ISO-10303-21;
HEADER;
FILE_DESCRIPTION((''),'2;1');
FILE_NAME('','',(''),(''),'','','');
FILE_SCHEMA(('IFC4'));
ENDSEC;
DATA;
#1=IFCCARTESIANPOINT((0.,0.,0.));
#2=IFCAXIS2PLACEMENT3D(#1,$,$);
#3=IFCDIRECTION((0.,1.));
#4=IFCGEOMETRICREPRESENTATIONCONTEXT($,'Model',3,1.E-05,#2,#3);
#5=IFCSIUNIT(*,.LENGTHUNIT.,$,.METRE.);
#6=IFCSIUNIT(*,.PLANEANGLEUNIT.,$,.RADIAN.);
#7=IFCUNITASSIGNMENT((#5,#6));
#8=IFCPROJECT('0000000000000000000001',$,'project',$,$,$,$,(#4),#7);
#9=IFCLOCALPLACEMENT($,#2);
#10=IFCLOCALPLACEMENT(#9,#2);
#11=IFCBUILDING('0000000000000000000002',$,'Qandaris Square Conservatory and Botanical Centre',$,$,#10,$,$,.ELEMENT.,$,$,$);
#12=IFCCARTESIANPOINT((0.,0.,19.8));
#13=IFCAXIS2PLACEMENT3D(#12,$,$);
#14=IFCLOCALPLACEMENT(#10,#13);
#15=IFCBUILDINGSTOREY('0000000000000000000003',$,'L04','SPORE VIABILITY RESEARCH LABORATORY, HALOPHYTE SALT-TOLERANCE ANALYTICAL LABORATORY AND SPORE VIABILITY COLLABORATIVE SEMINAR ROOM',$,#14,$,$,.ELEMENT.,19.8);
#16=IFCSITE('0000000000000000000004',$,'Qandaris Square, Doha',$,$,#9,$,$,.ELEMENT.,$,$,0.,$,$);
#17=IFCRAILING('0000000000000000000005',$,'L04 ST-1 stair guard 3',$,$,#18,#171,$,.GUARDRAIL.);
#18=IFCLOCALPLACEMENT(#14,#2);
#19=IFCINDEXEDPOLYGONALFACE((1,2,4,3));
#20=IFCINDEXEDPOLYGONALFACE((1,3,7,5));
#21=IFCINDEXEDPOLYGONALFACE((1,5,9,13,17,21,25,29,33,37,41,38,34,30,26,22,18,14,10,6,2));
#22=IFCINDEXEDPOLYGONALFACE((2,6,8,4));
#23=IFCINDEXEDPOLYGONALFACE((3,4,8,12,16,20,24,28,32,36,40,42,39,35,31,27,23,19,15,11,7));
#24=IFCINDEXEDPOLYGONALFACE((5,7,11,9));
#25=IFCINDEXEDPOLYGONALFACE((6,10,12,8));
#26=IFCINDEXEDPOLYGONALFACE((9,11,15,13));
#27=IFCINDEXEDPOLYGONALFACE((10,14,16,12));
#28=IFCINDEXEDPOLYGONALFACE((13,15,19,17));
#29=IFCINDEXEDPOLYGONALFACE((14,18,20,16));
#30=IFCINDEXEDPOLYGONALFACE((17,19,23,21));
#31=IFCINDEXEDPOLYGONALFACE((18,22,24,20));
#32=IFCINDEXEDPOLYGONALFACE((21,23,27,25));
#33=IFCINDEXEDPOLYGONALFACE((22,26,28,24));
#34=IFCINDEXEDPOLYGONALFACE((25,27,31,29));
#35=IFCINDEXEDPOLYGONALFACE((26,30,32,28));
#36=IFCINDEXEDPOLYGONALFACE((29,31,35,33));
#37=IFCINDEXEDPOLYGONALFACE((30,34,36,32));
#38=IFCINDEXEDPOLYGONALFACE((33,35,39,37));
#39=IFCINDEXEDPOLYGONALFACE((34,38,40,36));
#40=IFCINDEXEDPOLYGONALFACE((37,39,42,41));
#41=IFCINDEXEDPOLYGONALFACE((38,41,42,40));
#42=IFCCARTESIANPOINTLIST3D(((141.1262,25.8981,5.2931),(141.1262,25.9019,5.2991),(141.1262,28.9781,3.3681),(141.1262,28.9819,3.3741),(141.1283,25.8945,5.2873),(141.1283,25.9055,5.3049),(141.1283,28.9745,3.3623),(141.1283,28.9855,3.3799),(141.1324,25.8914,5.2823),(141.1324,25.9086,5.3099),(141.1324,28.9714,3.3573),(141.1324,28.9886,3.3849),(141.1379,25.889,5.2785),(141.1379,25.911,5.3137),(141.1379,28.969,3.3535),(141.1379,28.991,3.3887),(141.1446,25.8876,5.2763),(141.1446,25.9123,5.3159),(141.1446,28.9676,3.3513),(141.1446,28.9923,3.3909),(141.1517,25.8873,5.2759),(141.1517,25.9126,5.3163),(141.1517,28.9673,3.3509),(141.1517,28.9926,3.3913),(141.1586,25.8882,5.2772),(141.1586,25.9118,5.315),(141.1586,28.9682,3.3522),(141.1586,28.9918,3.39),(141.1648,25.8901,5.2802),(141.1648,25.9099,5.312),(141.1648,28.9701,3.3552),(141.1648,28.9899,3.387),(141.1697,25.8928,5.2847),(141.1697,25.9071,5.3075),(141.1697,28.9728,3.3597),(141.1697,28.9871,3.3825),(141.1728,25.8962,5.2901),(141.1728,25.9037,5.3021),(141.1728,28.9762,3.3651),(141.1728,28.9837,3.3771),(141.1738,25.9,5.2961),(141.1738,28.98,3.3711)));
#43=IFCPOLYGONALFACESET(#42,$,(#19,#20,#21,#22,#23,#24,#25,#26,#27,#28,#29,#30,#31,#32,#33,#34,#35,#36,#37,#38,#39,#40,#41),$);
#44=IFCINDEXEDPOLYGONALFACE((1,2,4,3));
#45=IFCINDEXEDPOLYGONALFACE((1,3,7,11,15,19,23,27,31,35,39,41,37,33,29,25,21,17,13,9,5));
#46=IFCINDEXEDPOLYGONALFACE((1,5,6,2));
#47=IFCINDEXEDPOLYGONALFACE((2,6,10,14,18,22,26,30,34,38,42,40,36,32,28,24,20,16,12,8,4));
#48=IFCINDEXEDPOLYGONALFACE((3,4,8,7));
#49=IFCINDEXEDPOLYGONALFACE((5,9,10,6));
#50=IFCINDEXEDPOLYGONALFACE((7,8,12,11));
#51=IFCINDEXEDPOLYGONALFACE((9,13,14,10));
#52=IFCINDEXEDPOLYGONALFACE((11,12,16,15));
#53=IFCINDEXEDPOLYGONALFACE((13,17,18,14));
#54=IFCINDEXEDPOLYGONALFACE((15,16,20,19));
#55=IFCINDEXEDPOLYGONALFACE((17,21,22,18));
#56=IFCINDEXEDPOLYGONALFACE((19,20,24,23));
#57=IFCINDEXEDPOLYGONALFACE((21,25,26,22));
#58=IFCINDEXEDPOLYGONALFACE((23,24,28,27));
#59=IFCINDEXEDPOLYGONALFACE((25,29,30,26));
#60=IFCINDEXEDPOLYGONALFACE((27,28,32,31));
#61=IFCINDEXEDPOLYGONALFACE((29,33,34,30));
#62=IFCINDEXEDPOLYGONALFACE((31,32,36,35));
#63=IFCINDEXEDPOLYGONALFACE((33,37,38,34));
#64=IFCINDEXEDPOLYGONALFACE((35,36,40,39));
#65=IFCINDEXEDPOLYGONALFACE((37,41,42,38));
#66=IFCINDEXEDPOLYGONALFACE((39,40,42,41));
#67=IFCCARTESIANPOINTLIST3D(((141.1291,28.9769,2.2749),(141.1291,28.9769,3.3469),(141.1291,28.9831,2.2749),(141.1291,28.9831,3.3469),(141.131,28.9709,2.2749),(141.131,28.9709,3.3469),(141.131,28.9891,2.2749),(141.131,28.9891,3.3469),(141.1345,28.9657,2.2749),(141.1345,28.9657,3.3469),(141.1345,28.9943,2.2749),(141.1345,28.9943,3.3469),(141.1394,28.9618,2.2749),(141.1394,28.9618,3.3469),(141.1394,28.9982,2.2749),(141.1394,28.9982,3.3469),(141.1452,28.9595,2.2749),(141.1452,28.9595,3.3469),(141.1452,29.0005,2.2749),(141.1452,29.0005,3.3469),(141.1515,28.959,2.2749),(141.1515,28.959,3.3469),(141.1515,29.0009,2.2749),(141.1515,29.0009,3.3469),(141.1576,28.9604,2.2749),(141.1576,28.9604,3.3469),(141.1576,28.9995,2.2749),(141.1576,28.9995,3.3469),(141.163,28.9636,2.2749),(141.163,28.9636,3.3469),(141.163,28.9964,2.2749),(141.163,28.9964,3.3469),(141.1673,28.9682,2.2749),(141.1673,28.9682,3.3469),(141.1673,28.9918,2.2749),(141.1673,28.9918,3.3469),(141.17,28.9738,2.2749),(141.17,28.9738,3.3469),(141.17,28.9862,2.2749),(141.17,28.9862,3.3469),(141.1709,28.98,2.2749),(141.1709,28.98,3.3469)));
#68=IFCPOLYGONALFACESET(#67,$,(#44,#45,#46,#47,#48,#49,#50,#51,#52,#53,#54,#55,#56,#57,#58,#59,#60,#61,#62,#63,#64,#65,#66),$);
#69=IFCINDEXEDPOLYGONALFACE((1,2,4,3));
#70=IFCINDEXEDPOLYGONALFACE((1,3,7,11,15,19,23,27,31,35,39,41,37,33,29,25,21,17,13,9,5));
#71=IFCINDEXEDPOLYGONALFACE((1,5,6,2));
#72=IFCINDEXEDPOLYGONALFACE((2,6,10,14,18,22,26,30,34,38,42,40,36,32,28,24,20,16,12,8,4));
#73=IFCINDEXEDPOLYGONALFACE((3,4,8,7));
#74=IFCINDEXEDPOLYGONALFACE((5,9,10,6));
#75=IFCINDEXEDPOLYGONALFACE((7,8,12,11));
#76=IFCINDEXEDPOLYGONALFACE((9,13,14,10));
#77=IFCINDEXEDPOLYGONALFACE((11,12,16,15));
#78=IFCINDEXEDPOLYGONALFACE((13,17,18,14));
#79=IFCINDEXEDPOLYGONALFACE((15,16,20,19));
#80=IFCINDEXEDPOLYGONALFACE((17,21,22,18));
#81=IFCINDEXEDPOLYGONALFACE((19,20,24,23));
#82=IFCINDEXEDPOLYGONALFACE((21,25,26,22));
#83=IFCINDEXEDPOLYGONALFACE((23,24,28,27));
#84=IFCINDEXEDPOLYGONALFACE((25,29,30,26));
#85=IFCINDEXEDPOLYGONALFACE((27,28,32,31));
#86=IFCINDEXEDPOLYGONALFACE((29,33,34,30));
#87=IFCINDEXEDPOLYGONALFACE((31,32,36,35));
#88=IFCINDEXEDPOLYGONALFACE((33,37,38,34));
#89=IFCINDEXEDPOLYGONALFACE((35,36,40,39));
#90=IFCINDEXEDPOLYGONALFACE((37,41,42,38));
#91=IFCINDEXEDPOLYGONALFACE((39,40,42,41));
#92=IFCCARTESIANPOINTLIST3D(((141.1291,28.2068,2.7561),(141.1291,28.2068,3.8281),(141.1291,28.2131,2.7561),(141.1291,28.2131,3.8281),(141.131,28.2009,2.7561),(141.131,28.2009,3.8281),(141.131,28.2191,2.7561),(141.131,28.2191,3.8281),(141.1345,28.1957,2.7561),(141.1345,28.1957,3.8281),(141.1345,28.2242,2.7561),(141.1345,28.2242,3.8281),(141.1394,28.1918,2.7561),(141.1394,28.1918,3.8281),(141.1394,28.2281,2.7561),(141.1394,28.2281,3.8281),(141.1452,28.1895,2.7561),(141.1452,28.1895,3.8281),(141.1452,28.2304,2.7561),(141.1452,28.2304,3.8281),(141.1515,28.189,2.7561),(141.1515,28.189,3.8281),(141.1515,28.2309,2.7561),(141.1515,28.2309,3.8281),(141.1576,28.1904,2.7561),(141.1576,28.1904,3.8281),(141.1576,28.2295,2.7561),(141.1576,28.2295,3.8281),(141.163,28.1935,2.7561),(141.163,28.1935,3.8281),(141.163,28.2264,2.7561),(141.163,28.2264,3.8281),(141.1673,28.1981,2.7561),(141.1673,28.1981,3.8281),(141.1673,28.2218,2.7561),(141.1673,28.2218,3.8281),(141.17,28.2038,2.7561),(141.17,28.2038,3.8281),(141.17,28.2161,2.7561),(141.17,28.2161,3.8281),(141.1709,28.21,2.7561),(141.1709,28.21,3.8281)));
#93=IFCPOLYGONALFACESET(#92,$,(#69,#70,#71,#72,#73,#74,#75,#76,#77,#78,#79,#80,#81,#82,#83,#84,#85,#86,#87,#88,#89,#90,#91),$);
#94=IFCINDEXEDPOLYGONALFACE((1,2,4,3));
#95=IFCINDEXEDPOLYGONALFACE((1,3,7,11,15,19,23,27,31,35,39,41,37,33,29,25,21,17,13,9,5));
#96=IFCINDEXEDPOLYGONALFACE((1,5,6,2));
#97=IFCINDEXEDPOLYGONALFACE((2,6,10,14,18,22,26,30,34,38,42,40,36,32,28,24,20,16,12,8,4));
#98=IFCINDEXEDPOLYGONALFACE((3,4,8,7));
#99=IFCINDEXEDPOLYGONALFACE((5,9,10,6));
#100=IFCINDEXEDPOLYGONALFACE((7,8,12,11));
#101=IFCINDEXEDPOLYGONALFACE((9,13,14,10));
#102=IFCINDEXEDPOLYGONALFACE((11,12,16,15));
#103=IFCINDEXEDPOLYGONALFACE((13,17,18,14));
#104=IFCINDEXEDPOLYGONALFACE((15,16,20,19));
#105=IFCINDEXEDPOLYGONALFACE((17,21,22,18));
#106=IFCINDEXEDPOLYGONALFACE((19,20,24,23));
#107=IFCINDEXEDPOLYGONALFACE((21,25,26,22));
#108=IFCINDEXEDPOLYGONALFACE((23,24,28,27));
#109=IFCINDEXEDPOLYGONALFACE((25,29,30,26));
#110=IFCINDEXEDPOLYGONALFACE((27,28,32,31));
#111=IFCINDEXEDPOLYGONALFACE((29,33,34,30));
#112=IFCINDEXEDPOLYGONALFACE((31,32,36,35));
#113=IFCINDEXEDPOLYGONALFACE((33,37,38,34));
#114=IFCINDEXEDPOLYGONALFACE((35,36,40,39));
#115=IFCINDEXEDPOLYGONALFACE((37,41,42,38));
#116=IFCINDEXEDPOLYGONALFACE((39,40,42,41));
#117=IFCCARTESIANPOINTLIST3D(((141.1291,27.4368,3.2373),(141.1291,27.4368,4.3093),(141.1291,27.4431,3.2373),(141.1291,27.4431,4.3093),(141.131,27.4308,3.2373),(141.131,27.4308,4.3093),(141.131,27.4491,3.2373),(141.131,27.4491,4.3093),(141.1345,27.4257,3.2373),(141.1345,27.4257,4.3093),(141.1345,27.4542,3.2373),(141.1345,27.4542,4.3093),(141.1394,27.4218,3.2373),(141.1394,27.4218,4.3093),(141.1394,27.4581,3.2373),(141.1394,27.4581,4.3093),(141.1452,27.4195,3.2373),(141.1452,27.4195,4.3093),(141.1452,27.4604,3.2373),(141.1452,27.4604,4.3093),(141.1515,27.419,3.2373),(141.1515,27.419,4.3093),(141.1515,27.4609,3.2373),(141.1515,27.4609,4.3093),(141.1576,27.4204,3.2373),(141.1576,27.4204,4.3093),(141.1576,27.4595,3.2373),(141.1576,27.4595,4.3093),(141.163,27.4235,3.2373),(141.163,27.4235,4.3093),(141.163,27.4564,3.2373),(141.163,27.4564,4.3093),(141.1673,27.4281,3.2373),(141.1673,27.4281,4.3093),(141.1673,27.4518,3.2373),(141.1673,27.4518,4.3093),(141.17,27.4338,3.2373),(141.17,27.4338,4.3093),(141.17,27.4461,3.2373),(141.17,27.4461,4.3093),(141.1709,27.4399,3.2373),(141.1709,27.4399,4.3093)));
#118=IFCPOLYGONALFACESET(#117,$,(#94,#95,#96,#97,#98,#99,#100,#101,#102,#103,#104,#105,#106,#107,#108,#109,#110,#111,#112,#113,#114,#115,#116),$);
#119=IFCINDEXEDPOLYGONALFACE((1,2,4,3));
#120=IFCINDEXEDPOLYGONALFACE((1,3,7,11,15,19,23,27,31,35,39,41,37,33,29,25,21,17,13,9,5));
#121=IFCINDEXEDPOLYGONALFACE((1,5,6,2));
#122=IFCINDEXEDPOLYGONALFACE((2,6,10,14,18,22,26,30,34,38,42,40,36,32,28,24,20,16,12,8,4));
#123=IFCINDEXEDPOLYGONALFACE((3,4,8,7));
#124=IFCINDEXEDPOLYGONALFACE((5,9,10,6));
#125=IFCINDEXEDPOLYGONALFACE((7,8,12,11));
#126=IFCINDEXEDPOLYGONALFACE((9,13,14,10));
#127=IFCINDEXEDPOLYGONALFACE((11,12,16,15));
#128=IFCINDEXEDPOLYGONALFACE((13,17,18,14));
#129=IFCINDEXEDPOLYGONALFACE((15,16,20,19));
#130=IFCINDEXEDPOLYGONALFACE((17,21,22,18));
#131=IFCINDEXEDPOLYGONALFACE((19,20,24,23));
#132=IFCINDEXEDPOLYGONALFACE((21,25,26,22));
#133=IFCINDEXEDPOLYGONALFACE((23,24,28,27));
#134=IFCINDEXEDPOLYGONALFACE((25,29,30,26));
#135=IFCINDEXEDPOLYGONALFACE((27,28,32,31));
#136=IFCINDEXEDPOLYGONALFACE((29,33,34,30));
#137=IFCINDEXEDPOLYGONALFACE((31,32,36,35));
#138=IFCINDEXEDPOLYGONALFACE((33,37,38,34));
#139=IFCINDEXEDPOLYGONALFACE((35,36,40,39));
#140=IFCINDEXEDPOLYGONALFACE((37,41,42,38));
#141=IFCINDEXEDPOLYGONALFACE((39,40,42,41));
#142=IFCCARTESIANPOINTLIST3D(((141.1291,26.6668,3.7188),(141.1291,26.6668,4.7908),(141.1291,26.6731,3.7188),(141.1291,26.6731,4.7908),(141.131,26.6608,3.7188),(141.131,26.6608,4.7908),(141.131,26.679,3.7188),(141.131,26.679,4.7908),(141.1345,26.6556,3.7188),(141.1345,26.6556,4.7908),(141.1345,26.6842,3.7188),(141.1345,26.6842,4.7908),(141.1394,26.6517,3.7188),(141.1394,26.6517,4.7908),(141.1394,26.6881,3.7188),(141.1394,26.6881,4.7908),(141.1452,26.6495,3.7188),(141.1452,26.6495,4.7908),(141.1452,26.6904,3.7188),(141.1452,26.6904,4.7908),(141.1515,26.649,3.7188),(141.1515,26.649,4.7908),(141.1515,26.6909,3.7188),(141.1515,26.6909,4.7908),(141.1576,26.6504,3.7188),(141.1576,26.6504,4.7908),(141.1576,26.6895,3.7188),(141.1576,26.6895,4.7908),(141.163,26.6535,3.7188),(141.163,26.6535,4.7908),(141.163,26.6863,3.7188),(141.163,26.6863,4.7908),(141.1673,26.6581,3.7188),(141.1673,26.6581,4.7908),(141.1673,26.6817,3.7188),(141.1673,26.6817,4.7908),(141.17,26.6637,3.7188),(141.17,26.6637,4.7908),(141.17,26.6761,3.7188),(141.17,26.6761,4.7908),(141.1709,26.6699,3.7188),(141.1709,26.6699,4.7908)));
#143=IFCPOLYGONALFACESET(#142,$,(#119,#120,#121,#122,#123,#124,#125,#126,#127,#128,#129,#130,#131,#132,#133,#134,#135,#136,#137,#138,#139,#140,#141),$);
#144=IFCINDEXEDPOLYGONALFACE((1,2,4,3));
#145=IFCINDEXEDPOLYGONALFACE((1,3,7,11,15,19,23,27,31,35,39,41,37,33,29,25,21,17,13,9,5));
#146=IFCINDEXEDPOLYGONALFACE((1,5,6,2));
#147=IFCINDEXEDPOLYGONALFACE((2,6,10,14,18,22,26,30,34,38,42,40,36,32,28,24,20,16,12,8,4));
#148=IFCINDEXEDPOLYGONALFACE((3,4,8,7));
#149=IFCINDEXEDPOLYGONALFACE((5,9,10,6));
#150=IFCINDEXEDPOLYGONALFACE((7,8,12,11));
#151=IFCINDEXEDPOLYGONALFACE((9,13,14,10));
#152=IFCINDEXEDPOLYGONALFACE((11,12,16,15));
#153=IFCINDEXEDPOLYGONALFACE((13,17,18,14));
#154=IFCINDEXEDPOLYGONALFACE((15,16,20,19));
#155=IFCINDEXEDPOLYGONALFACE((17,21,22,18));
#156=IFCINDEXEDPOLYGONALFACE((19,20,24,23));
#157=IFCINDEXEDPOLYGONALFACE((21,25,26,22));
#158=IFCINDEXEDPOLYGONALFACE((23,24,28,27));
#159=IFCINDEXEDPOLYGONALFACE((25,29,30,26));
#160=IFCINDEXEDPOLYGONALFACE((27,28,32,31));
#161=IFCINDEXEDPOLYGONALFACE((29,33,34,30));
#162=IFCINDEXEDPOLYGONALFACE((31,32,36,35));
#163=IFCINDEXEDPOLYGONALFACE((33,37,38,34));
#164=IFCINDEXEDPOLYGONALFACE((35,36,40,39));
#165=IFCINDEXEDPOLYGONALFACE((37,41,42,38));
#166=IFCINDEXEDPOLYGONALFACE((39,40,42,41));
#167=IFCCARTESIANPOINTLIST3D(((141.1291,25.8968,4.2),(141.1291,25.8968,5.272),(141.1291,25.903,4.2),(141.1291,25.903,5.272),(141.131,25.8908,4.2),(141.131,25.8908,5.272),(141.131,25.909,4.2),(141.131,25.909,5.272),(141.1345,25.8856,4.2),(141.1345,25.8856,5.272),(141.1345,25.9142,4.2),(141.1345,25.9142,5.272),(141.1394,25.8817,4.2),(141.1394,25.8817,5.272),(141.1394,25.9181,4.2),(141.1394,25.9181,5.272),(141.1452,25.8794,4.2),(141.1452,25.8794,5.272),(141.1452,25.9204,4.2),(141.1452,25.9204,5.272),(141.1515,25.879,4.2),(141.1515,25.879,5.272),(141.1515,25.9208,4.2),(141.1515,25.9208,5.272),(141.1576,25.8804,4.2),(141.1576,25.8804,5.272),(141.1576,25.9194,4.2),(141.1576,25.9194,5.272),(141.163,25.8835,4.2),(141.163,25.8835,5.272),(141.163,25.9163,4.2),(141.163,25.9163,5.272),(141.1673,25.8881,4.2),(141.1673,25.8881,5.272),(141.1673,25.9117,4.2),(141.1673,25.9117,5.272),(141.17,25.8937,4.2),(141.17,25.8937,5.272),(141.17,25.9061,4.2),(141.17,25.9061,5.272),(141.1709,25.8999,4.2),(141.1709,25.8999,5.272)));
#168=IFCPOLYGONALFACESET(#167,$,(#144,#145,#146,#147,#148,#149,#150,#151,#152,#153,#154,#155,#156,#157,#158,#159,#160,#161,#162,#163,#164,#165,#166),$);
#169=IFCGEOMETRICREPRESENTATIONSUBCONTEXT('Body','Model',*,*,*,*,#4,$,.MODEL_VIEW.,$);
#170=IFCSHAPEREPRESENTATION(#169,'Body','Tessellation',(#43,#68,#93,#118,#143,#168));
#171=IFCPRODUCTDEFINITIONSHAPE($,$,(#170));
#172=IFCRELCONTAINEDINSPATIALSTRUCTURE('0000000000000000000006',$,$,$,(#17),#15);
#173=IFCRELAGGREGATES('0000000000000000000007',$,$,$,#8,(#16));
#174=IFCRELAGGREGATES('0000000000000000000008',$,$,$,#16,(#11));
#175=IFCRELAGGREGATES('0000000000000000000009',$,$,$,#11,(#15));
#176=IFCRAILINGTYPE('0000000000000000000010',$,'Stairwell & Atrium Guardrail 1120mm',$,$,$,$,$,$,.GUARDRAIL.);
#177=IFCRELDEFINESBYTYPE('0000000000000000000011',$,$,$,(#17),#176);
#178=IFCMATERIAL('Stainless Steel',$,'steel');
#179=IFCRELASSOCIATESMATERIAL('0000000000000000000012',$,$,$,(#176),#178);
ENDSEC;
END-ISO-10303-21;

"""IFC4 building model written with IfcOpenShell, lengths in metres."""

from ifc_helpers import new_model, si_unit, direction, frame, origin, origin_2d, place, context, subcontext, project, spatial, circle, extrude, material, type_object, element, save


model = new_model("IFC4")

# Units and contexts
model_context = context("Model", 3, precision=1e-05, world=origin(), true_north=direction((0.0, 1.0)))
body_context = subcontext(model_context, "Body", "Model", "MODEL_VIEW")
ifc_project = project(units=[si_unit("LENGTHUNIT", "METRE"), si_unit("PLANEANGLEUNIT", "RADIAN")], contexts=[model_context])

# Site, building, storey
site_placement = place(None, origin())
site = spatial("IfcSite", under=ifc_project, at=site_placement, Name="Qandaris Square, Doha", CompositionType="ELEMENT", RefElevation=0.0)
building_placement = place(site_placement, origin())
building = spatial("IfcBuilding", under=site, at=building_placement, Name="Qandaris Square Conservatory and Botanical Centre", CompositionType="ELEMENT")
storey_placement = place(building_placement, frame((0.0, 0.0, 19.8)))
storey = spatial("IfcBuildingStorey", under=building, at=storey_placement, Name="L04", Description="SPORE VIABILITY RESEARCH LABORATORY, HALOPHYTE SALT-TOLERANCE ANALYTICAL LABORATORY AND SPORE VIABILITY COLLABORATIVE SEMINAR ROOM", CompositionType="ELEMENT", Elevation=19.8)

# Railing
ifc_material_1 = material(Name="Stainless Steel", Category="steel")
railing_type_1 = type_object("IfcRailingType", Name="Stairwell & Atrium Guardrail 1120mm", PredefinedType="GUARDRAIL", material=ifc_material_1)
railing_1_placement = place(storey_placement, frame((141.1499, 28.98, 2.2749)))
element("IfcRailing", 1, at=railing_1_placement, inside=storey, type_object=railing_type_1, Name="L04 ST-1 stair guard 3", PredefinedType="GUARDRAIL", context=body_context, shape_type="SweptSolid", body=[
    extrude(circle(Radius=0.0239, at=origin_2d()), frame((0.0, 0.0, 1.0962), z_axis=(0.0, -0.847998, 0.529999), x_axis=(1.0, 0.0, 0.0)), (0.0, 0.0, 1.0), 3.6321),
    extrude(circle(Radius=0.021, at=origin_2d()), origin(), (0.0, 0.0, 1.0), 1.072),
    extrude(circle(Radius=0.021, at=origin_2d()), frame((0.0, -0.77, 0.4812)), (0.0, 0.0, 1.0), 1.072),
    extrude(circle(Radius=0.021, at=origin_2d()), frame((0.0, -1.54, 0.9624)), (0.0, 0.0, 1.0), 1.072),
    extrude(circle(Radius=0.021, at=origin_2d()), frame((0.0, -2.3101, 1.4438)), (0.0, 0.0, 1.0), 1.072),
    extrude(circle(Radius=0.021, at=origin_2d()), frame((0.0, -3.0801, 1.925)), (0.0, 0.0, 1.0), 1.072),
])

save(model, "model.ifc")
